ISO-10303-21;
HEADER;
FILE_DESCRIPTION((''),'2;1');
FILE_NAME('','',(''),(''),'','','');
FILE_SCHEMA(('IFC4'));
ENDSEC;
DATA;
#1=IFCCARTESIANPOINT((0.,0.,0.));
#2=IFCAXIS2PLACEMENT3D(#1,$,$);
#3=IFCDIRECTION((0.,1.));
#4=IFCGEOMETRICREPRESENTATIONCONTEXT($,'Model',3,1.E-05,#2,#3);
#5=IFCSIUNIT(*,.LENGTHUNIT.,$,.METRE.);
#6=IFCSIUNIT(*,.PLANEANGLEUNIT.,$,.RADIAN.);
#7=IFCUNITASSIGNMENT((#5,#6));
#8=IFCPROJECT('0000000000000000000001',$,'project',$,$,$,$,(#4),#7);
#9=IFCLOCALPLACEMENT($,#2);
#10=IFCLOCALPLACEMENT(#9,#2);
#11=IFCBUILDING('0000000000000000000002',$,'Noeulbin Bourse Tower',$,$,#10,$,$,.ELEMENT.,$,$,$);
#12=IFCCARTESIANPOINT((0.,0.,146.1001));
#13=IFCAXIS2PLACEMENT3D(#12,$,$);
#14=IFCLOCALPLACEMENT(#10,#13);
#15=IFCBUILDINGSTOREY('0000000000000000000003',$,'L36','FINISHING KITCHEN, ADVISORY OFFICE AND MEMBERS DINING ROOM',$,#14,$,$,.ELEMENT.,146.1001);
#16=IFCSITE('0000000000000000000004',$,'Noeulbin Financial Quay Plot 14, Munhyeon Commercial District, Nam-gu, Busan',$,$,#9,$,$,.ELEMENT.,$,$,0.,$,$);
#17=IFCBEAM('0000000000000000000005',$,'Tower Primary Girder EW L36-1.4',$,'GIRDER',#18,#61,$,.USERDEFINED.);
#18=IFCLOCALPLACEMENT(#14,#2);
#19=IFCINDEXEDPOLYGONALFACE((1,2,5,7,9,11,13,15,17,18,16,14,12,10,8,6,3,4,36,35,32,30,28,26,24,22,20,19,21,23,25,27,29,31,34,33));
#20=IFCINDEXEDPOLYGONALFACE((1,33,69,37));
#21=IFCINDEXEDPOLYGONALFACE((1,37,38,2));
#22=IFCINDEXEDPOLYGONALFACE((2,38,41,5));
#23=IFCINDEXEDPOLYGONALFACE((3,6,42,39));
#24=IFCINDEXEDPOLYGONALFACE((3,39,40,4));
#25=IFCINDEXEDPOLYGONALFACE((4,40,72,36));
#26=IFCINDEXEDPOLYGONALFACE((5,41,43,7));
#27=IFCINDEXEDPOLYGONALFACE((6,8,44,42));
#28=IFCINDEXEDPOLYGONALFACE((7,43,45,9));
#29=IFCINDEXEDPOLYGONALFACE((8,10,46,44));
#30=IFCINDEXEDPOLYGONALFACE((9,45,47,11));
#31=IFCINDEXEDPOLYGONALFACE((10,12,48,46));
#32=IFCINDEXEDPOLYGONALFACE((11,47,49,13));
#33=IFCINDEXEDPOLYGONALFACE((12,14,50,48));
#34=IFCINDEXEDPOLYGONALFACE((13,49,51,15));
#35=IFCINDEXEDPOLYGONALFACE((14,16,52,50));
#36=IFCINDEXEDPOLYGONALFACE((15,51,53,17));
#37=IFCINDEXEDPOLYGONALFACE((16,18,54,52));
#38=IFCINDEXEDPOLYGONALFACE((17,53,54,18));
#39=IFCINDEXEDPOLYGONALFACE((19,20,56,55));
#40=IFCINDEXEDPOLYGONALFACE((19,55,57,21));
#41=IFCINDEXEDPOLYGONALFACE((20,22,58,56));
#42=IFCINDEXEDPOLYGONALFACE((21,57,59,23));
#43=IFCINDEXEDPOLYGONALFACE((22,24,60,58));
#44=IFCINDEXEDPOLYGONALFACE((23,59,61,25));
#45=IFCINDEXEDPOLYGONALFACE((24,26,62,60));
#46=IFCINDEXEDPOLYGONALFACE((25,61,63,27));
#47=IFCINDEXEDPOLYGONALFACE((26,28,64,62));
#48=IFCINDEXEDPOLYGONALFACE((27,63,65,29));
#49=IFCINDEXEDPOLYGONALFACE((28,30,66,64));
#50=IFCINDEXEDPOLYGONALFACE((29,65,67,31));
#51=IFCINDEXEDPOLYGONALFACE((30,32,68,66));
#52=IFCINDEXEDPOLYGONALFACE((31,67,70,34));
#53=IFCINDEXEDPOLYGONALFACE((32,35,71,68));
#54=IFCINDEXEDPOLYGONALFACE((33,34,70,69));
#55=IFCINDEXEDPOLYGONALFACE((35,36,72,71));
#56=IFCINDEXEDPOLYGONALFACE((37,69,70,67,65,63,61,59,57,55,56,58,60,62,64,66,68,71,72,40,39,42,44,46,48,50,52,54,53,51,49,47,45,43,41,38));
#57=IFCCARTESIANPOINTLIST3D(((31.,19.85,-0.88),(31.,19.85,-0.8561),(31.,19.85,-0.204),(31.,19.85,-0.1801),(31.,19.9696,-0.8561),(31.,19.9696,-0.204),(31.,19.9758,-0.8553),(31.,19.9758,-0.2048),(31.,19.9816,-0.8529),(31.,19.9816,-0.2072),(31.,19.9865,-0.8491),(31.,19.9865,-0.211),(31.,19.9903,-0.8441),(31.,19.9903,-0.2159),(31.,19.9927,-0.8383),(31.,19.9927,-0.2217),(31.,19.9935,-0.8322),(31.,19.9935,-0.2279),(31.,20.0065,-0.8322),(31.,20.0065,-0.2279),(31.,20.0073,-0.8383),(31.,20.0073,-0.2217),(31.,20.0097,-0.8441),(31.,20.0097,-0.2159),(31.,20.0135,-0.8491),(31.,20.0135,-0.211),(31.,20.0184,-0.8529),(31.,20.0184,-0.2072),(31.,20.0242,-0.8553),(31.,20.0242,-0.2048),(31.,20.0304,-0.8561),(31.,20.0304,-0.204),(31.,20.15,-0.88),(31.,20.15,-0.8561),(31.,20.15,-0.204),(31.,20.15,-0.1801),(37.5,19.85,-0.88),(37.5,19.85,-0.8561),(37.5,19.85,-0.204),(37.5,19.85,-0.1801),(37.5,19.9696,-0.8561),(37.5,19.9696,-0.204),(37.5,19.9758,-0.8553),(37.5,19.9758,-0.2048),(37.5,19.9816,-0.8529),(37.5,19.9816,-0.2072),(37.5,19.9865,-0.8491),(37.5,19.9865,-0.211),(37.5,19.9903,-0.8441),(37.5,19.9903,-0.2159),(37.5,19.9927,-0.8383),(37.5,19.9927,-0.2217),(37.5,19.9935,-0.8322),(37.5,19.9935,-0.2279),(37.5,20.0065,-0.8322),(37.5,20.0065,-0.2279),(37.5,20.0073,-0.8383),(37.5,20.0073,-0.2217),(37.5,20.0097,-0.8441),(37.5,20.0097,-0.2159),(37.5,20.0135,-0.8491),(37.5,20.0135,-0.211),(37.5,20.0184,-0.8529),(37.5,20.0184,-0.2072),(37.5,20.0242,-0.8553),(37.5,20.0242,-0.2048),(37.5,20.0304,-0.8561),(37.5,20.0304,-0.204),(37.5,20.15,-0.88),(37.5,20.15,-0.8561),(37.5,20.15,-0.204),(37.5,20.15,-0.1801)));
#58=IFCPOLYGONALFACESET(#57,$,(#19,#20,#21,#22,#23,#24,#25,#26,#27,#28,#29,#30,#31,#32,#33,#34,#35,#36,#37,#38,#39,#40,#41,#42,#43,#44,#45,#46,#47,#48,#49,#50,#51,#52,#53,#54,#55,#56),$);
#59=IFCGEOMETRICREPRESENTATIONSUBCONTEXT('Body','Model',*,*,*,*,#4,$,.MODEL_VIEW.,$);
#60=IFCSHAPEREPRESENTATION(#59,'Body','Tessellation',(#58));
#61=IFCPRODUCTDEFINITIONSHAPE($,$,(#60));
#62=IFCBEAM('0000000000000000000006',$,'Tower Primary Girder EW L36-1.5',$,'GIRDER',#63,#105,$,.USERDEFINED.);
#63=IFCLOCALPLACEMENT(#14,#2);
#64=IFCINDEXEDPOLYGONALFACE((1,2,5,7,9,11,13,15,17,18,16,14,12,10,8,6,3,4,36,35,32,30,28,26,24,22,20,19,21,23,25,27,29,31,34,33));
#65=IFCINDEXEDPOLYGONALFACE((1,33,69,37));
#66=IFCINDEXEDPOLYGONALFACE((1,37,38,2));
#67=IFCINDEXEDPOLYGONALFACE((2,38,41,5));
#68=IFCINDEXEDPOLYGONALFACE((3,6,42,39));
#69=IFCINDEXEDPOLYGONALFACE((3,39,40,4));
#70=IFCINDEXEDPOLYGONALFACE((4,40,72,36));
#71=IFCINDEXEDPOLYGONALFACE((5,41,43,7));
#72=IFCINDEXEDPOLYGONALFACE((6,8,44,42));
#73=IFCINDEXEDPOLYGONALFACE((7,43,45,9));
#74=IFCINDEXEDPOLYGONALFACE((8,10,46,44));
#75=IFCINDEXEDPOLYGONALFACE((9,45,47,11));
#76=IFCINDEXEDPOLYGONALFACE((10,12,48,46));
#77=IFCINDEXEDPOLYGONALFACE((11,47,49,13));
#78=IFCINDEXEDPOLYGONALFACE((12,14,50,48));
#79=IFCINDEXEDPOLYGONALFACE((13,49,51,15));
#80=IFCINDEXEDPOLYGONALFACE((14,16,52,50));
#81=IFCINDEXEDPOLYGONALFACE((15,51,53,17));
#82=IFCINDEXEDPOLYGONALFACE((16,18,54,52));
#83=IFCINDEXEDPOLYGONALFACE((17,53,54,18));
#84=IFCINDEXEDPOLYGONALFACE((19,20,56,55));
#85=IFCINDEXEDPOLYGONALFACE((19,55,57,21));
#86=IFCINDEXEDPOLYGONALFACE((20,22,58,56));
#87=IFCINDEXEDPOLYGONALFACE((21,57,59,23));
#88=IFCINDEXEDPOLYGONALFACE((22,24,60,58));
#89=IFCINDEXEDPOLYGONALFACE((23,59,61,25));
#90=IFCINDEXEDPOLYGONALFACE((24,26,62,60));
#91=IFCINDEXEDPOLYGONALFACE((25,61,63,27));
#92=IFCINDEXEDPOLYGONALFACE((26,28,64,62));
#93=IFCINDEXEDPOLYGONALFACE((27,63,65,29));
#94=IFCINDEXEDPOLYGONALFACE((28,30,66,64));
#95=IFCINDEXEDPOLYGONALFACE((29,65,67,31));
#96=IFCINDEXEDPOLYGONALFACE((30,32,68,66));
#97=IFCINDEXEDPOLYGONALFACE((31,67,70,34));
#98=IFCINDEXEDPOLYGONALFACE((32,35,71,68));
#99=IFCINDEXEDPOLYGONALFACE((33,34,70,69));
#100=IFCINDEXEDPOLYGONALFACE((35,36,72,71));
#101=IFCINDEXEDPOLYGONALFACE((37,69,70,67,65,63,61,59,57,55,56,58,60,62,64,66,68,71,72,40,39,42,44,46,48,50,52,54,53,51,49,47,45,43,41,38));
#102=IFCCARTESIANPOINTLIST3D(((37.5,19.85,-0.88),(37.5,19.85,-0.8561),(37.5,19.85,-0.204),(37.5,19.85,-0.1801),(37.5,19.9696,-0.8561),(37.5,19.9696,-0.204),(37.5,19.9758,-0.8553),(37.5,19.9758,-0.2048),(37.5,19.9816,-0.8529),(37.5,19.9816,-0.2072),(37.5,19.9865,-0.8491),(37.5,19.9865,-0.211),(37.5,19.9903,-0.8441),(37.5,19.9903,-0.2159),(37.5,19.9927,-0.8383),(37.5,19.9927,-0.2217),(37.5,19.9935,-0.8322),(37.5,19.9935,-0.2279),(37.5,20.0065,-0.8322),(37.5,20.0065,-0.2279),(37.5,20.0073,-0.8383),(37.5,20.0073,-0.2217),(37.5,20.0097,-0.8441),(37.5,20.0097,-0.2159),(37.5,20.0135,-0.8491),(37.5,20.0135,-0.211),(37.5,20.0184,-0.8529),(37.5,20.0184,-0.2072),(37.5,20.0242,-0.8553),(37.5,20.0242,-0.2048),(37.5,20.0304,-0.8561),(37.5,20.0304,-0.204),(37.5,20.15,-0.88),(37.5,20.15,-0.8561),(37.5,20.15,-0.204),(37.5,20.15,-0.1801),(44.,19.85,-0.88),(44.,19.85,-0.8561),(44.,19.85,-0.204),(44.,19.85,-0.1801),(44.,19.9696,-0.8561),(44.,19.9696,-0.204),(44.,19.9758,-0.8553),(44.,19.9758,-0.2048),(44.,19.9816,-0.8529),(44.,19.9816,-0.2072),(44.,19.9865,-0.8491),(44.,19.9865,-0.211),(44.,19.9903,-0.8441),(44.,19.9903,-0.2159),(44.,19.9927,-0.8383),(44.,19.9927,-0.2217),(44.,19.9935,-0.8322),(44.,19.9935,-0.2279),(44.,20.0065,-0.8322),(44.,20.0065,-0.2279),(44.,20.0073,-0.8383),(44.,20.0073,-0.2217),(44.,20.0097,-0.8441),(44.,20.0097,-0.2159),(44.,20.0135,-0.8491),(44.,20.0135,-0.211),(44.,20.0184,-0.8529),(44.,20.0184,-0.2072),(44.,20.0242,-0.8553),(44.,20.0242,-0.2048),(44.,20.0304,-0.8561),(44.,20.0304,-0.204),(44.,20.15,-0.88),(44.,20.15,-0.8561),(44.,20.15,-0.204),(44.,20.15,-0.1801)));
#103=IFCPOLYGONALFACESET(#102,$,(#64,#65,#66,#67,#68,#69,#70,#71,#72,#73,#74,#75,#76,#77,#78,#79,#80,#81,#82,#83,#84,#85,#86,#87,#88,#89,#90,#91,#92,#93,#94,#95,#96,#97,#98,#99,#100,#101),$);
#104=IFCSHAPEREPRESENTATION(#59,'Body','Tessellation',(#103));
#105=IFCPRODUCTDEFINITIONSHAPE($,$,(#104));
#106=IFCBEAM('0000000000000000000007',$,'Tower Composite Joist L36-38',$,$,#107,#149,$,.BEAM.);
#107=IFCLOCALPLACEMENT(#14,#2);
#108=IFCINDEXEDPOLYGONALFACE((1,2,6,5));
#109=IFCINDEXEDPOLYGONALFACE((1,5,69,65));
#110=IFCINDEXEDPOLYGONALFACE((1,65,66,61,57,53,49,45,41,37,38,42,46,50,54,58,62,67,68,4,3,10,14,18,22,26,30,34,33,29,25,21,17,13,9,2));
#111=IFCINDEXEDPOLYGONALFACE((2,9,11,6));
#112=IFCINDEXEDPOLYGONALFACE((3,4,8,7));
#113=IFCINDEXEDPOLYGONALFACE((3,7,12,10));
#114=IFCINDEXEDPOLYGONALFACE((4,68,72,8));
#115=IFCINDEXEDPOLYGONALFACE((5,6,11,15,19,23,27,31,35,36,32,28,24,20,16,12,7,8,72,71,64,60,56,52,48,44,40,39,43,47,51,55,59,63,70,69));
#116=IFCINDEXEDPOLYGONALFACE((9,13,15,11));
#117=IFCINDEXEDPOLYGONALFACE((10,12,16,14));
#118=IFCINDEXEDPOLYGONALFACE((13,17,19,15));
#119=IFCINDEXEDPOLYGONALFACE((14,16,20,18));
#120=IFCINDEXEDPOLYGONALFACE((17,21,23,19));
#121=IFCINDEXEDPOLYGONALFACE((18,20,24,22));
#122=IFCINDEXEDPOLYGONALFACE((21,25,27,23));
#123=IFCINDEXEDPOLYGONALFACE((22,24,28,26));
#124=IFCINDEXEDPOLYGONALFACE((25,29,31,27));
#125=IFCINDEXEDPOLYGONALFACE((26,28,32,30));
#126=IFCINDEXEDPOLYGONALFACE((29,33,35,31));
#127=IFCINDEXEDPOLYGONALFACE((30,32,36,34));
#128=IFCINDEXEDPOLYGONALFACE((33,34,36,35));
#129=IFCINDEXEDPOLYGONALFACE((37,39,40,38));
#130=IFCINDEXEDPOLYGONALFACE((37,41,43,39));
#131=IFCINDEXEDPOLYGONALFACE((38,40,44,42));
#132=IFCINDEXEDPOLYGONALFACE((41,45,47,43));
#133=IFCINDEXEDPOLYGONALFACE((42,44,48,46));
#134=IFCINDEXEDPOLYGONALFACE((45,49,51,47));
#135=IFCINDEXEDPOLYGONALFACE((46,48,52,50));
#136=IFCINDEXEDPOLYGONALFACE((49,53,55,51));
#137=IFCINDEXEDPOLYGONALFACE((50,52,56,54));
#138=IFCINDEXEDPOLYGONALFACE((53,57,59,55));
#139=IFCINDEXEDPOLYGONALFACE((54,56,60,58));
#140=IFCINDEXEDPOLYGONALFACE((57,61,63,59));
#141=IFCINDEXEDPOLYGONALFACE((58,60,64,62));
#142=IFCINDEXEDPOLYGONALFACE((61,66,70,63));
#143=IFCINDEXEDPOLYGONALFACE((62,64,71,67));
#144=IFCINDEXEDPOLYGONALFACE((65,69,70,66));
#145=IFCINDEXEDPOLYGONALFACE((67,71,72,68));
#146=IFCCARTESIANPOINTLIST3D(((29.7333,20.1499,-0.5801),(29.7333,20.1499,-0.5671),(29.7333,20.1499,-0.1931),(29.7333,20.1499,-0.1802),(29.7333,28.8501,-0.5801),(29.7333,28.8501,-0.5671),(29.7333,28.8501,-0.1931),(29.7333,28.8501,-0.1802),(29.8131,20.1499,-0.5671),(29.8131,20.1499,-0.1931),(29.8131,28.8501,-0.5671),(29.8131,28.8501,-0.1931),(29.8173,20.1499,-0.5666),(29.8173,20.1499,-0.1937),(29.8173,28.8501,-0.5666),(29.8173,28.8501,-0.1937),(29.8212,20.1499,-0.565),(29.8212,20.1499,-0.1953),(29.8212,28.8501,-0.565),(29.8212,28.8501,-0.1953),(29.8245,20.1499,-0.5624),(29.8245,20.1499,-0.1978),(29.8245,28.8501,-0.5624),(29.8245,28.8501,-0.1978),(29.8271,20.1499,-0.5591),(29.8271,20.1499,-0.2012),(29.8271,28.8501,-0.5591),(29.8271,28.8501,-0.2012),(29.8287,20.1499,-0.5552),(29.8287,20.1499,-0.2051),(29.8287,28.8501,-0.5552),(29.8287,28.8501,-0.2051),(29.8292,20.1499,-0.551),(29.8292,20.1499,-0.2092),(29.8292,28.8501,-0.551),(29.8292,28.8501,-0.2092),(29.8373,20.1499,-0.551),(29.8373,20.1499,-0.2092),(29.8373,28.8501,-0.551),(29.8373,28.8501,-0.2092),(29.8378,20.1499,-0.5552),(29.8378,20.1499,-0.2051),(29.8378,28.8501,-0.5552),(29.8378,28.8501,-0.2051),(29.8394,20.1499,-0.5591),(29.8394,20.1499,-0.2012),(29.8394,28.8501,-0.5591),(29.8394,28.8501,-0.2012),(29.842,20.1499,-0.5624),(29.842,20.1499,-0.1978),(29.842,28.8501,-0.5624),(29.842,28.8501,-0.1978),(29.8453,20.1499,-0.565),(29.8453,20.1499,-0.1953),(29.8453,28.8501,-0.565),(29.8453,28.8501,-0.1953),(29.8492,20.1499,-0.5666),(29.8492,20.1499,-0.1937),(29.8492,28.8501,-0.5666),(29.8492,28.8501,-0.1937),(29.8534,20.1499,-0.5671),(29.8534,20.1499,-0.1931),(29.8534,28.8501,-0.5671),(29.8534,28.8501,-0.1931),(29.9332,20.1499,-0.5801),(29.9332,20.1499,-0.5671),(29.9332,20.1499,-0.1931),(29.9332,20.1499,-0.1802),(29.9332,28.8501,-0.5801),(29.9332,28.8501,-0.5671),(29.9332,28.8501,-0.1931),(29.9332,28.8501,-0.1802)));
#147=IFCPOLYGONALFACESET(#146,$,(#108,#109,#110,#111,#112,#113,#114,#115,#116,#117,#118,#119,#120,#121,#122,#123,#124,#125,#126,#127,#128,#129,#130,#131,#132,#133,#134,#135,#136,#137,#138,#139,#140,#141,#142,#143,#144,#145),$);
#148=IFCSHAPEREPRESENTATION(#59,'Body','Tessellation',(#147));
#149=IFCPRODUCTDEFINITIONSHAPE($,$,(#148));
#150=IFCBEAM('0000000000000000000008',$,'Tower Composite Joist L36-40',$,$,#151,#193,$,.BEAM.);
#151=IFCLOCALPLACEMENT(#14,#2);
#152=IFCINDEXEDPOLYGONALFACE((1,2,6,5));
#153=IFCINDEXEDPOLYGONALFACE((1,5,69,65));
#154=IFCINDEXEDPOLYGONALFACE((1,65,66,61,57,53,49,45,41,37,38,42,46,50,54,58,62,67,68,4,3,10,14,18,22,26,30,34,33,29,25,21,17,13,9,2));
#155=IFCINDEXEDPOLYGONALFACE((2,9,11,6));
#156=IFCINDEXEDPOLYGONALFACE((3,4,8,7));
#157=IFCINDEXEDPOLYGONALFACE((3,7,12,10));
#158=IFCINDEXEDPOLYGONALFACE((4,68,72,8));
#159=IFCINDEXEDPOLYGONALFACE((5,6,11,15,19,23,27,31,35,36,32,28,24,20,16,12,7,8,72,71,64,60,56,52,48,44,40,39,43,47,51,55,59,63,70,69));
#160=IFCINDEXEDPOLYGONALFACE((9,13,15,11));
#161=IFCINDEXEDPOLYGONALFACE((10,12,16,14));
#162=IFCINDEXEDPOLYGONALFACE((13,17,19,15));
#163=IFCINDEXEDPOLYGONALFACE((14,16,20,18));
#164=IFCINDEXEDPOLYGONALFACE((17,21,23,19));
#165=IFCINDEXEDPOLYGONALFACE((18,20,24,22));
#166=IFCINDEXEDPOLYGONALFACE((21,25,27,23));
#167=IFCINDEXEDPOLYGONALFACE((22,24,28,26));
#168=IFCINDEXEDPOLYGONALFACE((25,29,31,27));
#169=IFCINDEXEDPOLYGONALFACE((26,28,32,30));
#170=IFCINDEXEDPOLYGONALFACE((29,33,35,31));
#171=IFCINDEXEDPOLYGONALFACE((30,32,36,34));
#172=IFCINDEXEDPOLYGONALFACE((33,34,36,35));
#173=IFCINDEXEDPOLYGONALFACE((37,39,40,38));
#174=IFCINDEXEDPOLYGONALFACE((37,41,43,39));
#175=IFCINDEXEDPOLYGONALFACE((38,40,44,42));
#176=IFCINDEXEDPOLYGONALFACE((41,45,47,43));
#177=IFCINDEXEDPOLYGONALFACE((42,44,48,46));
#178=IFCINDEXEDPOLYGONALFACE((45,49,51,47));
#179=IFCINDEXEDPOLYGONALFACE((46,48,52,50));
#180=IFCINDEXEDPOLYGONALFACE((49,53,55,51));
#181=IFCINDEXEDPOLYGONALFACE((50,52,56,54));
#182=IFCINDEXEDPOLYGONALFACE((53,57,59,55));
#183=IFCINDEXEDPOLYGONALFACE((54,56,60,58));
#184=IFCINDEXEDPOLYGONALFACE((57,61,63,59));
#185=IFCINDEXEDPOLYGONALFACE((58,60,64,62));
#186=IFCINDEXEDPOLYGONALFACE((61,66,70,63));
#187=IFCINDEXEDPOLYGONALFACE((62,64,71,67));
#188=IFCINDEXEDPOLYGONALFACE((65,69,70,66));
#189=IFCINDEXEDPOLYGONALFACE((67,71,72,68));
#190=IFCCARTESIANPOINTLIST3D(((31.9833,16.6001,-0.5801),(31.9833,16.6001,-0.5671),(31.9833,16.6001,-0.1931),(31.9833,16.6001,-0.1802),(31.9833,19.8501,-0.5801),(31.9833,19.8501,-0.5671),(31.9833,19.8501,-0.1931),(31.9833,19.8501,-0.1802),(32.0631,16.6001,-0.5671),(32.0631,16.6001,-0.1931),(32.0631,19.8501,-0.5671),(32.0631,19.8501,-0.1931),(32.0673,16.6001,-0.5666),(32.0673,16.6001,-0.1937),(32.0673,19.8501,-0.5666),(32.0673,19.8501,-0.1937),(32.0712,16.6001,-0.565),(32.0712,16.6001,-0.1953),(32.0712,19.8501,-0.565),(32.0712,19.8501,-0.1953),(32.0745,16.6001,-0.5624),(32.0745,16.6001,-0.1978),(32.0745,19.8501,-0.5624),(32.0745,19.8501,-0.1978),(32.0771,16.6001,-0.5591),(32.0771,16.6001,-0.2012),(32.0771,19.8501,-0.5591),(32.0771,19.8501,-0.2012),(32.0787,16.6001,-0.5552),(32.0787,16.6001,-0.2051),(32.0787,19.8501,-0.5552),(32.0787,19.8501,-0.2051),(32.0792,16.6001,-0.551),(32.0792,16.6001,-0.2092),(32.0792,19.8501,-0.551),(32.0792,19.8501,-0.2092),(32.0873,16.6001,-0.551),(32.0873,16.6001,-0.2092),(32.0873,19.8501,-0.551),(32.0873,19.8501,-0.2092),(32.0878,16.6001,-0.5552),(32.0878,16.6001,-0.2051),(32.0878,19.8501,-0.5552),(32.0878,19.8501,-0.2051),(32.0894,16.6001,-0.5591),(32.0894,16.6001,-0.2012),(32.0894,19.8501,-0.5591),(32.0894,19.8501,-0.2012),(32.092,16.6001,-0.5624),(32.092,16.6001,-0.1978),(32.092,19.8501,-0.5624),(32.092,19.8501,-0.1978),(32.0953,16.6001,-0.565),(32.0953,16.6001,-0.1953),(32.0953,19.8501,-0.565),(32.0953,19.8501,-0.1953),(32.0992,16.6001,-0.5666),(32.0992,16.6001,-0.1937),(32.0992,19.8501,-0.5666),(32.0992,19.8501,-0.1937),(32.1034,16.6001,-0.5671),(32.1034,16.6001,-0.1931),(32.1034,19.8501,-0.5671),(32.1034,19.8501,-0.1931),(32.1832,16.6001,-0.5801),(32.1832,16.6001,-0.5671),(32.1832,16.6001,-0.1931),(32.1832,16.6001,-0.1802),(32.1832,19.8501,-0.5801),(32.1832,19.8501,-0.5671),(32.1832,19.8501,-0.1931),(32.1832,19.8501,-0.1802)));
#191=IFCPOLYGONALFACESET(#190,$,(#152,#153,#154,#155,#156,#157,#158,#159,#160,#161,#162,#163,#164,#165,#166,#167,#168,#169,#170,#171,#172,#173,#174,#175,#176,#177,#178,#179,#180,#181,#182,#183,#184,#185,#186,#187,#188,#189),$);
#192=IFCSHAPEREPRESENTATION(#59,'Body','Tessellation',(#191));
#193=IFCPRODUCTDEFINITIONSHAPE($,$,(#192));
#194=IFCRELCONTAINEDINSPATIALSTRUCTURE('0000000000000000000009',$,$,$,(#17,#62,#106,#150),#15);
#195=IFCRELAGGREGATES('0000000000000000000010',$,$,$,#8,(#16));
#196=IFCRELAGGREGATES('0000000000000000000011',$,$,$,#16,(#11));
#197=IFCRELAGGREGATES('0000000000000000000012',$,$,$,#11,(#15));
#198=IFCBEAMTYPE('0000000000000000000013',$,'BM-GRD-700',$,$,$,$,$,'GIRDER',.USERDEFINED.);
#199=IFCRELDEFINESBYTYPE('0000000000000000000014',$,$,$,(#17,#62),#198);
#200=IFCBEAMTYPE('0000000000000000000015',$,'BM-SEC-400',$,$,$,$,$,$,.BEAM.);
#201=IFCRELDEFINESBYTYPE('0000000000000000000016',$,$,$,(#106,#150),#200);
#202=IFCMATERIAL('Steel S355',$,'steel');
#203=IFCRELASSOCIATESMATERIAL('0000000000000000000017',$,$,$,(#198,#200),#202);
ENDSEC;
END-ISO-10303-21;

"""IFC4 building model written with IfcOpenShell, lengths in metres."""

from ifc_helpers import new_model, si_unit, direction, frame, origin, origin_2d, place, context, subcontext, project, spatial, i_section, extrude, material, material_profile, profile_set, type_object, element, save


model = new_model("IFC4")

# Units and contexts
model_context = context("Model", 3, precision=1e-05, world=origin(), true_north=direction((0.0, 1.0)))
body_context = subcontext(model_context, "Body", "Model", "MODEL_VIEW")
ifc_project = project(units=[si_unit("LENGTHUNIT", "METRE"), si_unit("PLANEANGLEUNIT", "RADIAN")], contexts=[model_context])

# Site, building, storey
site_placement = place(None, origin())
site = spatial("IfcSite", under=ifc_project, at=site_placement, Name="Noeulbin Financial Quay Plot 14, Munhyeon Commercial District, Nam-gu, Busan", CompositionType="ELEMENT", RefElevation=0.0)
building_placement = place(site_placement, origin())
building = spatial("IfcBuilding", under=site, at=building_placement, Name="Noeulbin Bourse Tower", CompositionType="ELEMENT")
storey_placement = place(building_placement, frame((0.0, 0.0, 146.1001)))
storey = spatial("IfcBuildingStorey", under=building, at=storey_placement, Name="L36", Description="FINISHING KITCHEN, ADVISORY OFFICE AND MEMBERS DINING ROOM", CompositionType="ELEMENT", Elevation=146.1001)

# Beams
ifc_material_1 = material(Name="Steel S355", Category="steel")
ifc_material_profile_1 = material_profile(ifc_material_1, i_section(OverallWidth=0.3, OverallDepth=0.7, WebThickness=0.0129, FlangeThickness=0.0239, FilletRadius=0.0239, at=origin_2d()), Name="H-700x300x13x24", Category="LoadBearing")
ifc_profile_set_1 = profile_set([ifc_material_profile_1], Name="Steel S355")
beam_type_1 = type_object("IfcBeamType", Name="BM-GRD-700", ElementType="GIRDER", PredefinedType="USERDEFINED", material=ifc_profile_set_1)
for number, where, z_axis, x_axis, name in (
    (1, (31.0, 20.0, -0.53), (1.0, 0.0, 0.0), (0.0, 1.0, 0.0), "Tower Primary Girder EW L36-1.4"),
    (2, (37.5, 20.0, -0.53), (1.0, 0.0, 0.0), (0.0, 1.0, 0.0), "Tower Primary Girder EW L36-1.5"),
):
    element("IfcBeam", number, at=place(storey_placement, frame(where, z_axis=z_axis, x_axis=x_axis)), inside=storey, type_object=beam_type_1, Name=name, ObjectType="GIRDER", PredefinedType="USERDEFINED", context=body_context, shape_type="SweptSolid", body=[
        extrude(i_section(OverallWidth=0.3, OverallDepth=0.7, WebThickness=0.0129, FlangeThickness=0.0239, FilletRadius=0.0239, at=origin_2d()), origin(), (0.0, 0.0, 1.0), 6.5),
    ])
ifc_material_profile_2 = material_profile(ifc_material_1, i_section(OverallWidth=0.2, OverallDepth=0.3999, WebThickness=0.0081, FlangeThickness=0.0129, FilletRadius=0.0161, at=origin_2d()), Name="H-400x200x8x13", Category="LoadBearing")
ifc_profile_set_2 = profile_set([ifc_material_profile_2], Name="Steel S355")
beam_type_2 = type_object("IfcBeamType", Name="BM-SEC-400", PredefinedType="BEAM", material=ifc_profile_set_2)
beam_1_placement = place(storey_placement, frame((29.8333, 20.1499, -0.3801), z_axis=(0.0, 1.0, 0.0), x_axis=(-1.0, 0.0, 0.0)))
element("IfcBeam", 3, at=beam_1_placement, inside=storey, type_object=beam_type_2, Name="Tower Composite Joist L36-38", PredefinedType="BEAM", context=body_context, shape_type="SweptSolid", body=[
    extrude(i_section(OverallWidth=0.2, OverallDepth=0.3999, WebThickness=0.0081, FlangeThickness=0.0129, FilletRadius=0.0161, at=origin_2d()), origin(), (0.0, 0.0, 1.0), 8.7002),
])
beam_2_placement = place(storey_placement, frame((32.0833, 16.6001, -0.3801), z_axis=(0.0, 1.0, 0.0), x_axis=(-1.0, 0.0, 0.0)))
element("IfcBeam", 4, at=beam_2_placement, inside=storey, type_object=beam_type_2, Name="Tower Composite Joist L36-40", PredefinedType="BEAM", context=body_context, shape_type="SweptSolid", body=[
    extrude(i_section(OverallWidth=0.2, OverallDepth=0.3999, WebThickness=0.0081, FlangeThickness=0.0129, FilletRadius=0.0161, at=origin_2d()), origin(), (0.0, 0.0, 1.0), 3.25),
])

save(model, "model.ifc")
